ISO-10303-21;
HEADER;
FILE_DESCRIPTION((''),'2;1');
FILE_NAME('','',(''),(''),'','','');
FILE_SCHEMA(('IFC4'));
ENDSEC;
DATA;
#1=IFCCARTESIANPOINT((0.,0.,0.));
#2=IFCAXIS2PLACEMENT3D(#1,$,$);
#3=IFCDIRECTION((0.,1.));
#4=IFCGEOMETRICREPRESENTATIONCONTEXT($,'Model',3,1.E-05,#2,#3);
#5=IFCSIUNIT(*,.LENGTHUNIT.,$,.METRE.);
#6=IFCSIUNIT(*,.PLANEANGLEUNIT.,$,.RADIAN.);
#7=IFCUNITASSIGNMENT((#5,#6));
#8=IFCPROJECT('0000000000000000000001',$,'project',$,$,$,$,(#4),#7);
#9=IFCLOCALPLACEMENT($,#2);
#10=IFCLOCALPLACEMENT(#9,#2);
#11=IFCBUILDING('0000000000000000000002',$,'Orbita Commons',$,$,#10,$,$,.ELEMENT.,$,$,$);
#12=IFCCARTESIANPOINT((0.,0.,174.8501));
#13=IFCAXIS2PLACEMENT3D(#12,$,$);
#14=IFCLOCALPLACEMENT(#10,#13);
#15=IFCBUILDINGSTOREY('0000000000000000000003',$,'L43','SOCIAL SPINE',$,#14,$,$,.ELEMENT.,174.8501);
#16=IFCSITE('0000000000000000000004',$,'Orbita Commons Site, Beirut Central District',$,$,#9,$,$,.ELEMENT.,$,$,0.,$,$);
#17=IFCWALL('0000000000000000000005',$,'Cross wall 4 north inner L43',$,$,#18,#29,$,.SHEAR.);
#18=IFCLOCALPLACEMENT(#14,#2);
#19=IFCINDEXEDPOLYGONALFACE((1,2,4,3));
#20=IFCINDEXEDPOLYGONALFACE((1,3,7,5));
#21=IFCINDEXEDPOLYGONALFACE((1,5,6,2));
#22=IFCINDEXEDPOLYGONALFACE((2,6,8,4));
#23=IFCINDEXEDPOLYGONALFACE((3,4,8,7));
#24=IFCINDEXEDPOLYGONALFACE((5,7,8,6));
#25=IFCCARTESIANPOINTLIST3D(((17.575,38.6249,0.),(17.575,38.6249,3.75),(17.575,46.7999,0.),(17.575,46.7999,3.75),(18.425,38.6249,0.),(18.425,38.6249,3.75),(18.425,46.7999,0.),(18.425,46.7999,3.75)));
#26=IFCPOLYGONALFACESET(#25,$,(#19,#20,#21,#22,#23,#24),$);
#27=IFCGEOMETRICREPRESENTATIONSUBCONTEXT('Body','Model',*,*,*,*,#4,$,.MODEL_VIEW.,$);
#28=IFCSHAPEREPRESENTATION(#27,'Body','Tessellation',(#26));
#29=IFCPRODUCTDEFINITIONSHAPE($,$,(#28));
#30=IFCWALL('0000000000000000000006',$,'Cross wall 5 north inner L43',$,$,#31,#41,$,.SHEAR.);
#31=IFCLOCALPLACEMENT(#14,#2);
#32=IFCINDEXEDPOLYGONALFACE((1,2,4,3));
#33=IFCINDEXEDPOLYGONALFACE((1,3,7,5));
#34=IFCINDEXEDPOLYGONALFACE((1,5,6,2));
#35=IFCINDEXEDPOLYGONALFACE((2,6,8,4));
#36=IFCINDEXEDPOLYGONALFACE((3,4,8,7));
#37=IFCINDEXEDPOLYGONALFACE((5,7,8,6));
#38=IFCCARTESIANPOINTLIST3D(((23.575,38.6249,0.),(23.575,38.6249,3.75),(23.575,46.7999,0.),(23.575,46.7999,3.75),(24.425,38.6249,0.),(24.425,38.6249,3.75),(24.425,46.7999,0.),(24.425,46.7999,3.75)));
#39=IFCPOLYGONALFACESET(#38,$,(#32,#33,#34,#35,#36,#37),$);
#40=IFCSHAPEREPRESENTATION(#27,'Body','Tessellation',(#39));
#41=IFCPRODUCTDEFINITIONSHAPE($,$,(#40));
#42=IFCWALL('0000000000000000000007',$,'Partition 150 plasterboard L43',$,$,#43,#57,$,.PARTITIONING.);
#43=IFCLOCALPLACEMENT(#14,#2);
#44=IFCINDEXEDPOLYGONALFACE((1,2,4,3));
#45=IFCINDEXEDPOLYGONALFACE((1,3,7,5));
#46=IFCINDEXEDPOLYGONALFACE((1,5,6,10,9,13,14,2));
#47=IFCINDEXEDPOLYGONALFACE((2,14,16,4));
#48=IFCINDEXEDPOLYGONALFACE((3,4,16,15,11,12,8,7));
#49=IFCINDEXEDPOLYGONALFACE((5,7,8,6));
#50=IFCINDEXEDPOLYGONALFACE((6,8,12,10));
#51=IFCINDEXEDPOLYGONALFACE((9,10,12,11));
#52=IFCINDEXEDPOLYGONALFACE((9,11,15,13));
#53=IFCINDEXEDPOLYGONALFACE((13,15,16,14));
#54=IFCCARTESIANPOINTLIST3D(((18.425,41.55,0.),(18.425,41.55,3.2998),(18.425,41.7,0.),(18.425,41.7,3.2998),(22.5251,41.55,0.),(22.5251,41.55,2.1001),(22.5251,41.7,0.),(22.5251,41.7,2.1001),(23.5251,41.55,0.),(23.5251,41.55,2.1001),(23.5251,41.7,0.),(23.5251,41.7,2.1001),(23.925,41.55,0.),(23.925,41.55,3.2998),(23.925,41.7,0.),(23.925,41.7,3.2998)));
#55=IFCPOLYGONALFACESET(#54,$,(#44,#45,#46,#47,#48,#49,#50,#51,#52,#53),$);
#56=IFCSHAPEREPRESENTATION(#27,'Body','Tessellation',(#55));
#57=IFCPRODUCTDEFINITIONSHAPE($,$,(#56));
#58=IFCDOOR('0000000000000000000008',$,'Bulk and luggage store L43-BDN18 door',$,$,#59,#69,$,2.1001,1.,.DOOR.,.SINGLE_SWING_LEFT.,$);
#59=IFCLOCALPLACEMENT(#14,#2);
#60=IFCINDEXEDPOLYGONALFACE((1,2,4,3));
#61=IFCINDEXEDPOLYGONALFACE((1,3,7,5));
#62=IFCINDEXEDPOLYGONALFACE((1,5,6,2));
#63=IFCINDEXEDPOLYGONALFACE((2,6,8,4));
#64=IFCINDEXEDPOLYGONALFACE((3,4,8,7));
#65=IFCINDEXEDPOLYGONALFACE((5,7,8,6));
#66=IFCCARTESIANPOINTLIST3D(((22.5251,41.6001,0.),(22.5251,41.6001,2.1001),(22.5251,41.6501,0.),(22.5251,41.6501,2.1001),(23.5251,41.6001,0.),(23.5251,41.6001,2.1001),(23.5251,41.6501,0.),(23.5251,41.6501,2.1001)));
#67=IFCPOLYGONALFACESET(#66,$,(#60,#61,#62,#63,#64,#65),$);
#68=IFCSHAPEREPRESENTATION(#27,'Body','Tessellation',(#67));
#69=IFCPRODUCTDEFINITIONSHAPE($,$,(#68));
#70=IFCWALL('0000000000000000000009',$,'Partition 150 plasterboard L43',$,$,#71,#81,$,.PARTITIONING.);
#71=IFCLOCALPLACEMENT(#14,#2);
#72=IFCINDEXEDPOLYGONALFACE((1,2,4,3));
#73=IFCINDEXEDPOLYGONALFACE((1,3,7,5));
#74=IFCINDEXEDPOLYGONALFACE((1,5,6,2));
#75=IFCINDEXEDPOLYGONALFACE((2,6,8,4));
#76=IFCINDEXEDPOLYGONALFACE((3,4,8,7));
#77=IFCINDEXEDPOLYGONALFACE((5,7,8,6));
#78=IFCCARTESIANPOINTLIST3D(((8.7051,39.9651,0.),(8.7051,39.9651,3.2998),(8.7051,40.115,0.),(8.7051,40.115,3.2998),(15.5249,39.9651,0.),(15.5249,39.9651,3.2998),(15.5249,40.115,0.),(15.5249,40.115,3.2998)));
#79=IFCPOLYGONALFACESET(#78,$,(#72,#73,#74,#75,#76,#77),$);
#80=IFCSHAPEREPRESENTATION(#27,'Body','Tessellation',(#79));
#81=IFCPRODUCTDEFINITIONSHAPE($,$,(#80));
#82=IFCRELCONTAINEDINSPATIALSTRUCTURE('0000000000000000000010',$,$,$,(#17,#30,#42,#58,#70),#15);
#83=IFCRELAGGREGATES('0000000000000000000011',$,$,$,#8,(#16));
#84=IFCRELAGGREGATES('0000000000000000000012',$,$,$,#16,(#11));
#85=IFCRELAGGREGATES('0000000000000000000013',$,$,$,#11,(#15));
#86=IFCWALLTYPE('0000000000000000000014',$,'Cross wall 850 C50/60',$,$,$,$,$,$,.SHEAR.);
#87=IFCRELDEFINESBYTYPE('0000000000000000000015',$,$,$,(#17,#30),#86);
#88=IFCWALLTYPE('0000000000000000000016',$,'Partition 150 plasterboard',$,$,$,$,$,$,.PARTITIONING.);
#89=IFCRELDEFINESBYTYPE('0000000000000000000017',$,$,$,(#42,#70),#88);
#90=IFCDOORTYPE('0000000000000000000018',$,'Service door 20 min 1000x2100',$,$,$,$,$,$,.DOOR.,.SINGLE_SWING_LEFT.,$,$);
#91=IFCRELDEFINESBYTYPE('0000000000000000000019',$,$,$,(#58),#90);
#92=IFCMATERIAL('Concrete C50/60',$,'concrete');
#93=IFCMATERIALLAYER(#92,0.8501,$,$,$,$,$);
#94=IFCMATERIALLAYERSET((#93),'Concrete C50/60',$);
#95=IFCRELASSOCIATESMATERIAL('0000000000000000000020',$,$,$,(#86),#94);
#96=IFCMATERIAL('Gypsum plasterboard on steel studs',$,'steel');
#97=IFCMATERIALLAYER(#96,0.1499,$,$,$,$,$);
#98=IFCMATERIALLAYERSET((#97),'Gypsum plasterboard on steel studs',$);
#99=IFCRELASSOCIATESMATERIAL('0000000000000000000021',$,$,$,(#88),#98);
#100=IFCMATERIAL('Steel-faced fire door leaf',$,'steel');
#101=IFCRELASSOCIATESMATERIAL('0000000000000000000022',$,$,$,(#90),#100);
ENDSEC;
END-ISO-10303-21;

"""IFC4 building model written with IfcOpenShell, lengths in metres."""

from ifc_helpers import new_model, si_unit, direction, frame, frame_2d, origin, place, context, subcontext, project, spatial, rectangle, extrude, material, layer, layer_set, type_object, element, fill, save


model = new_model("IFC4")

# Units and contexts
model_context = context("Model", 3, precision=1e-05, world=origin(), true_north=direction((0.0, 1.0)))
body_context = subcontext(model_context, "Body", "Model", "MODEL_VIEW")
ifc_project = project(units=[si_unit("LENGTHUNIT", "METRE"), si_unit("PLANEANGLEUNIT", "RADIAN")], contexts=[model_context])

# Site, building, storey
site_placement = place(None, origin())
site = spatial("IfcSite", under=ifc_project, at=site_placement, Name="Orbita Commons Site, Beirut Central District", CompositionType="ELEMENT", RefElevation=0.0)
building_placement = place(site_placement, origin())
building = spatial("IfcBuilding", under=site, at=building_placement, Name="Orbita Commons", CompositionType="ELEMENT")
storey_placement = place(building_placement, frame((0.0, 0.0, 174.8501)))
storey = spatial("IfcBuildingStorey", under=building, at=storey_placement, Name="L43", Description="SOCIAL SPINE", CompositionType="ELEMENT", Elevation=174.8501)

# Walls
ifc_material_1 = material(Name="Concrete C50/60", Category="concrete")
ifc_layer_1 = layer(ifc_material_1, 0.8501)
ifc_layer_set_1 = layer_set([ifc_layer_1], Name="Concrete C50/60")
wall_type_1 = type_object("IfcWallType", Name="Cross wall 850 C50/60", PredefinedType="SHEAR", material=ifc_layer_set_1)
for number, where, z_axis, x_axis, name in (
    (1, (18.0, 38.625, 0.0), (0.0, 0.0, 1.0), (0.0, 1.0, 0.0), "Cross wall 4 north inner L43"),
    (2, (24.0, 38.625, 0.0), (0.0, 0.0, 1.0), (0.0, 1.0, 0.0), "Cross wall 5 north inner L43"),
):
    element("IfcWall", number, at=place(storey_placement, frame(where, z_axis=z_axis, x_axis=x_axis)), inside=storey, type_object=wall_type_1, Name=name, PredefinedType="SHEAR", context=body_context, shape_type="SweptSolid", body=[
        extrude(rectangle(XDim=8.175, YDim=0.8501, at=frame_2d((4.0874, 0.0))), origin(), (0.0, 0.0, 1.0), 3.75),
    ])

# Wall, opening, door
ifc_material_2 = material(Name="Gypsum plasterboard on steel studs", Category="steel")
ifc_layer_2 = layer(ifc_material_2, 0.1499)
ifc_layer_set_2 = layer_set([ifc_layer_2], Name="Gypsum plasterboard on steel studs")
wall_type_2 = type_object("IfcWallType", Name="Partition 150 plasterboard", PredefinedType="PARTITIONING", material=ifc_layer_set_2)
wall_1_placement = place(storey_placement, frame((23.925, 41.625, 0.0), z_axis=(0.0, 0.0, 1.0), x_axis=(-1.0, 0.0, 0.0)))
wall_1 = element("IfcWall", 3, at=wall_1_placement, inside=storey, type_object=wall_type_2, Name="Partition 150 plasterboard L43", PredefinedType="PARTITIONING", context=body_context, shape_type="SweptSolid", body=[
    extrude(rectangle(XDim=5.5, YDim=0.1499, at=frame_2d((2.75, 0.0))), origin(), (0.0, 0.0, 1.0), 3.2998),
])
opening_1_placement = place(wall_1_placement, frame((0.3999, 0.0, 0.0)))
opening_1 = element("IfcOpeningElement", 4, at=opening_1_placement, cuts=wall_1, PredefinedType="OPENING", context=body_context, shape_type="SweptSolid", body=[
    extrude(rectangle(XDim=1.0, YDim=2.1001, at=frame_2d((0.5, 1.05))), frame((0.0, 0.085, 0.0), z_axis=(0.0, -1.0, 0.0), x_axis=(1.0, 0.0, 0.0)), (0.0, 0.0, 1.0), 0.1699),
])
ifc_material_3 = material(Name="Steel-faced fire door leaf", Category="steel")
door_type_1 = type_object("IfcDoorType", Name="Service door 20 min 1000x2100", OperationType="SINGLE_SWING_LEFT", PredefinedType="DOOR", material=ifc_material_3)
door_1_placement = place(opening_1_placement, origin())
door_1 = element("IfcDoor", 5, at=door_1_placement, inside=storey, type_object=door_type_1, Name="Bulk and luggage store L43-BDN18 door", OperationType="SINGLE_SWING_LEFT", OverallHeight=2.1001, OverallWidth=1.0, PredefinedType="DOOR", context=body_context, shape_type="SweptSolid", body=[
    extrude(rectangle(XDim=1.0, YDim=2.1001, at=frame_2d((0.5, 1.05))), frame((0.0, 0.0249, 0.0), z_axis=(0.0, -1.0, 0.0), x_axis=(1.0, 0.0, 0.0)), (0.0, 0.0, 1.0), 0.05),
])
fill(opening_1, door_1)

# Wall
wall_2_placement = place(storey_placement, frame((8.7051, 40.04, 0.0), z_axis=(0.0, 0.0, 1.0), x_axis=(1.0, 0.0, 0.0)))
element("IfcWall", 6, at=wall_2_placement, inside=storey, type_object=wall_type_2, Name="Partition 150 plasterboard L43", PredefinedType="PARTITIONING", context=body_context, shape_type="SweptSolid", body=[
    extrude(rectangle(XDim=6.8198, YDim=0.1499, at=frame_2d((3.4099, 0.0))), origin(), (0.0, 0.0, 1.0), 3.2998),
])

save(model, "model.ifc")
